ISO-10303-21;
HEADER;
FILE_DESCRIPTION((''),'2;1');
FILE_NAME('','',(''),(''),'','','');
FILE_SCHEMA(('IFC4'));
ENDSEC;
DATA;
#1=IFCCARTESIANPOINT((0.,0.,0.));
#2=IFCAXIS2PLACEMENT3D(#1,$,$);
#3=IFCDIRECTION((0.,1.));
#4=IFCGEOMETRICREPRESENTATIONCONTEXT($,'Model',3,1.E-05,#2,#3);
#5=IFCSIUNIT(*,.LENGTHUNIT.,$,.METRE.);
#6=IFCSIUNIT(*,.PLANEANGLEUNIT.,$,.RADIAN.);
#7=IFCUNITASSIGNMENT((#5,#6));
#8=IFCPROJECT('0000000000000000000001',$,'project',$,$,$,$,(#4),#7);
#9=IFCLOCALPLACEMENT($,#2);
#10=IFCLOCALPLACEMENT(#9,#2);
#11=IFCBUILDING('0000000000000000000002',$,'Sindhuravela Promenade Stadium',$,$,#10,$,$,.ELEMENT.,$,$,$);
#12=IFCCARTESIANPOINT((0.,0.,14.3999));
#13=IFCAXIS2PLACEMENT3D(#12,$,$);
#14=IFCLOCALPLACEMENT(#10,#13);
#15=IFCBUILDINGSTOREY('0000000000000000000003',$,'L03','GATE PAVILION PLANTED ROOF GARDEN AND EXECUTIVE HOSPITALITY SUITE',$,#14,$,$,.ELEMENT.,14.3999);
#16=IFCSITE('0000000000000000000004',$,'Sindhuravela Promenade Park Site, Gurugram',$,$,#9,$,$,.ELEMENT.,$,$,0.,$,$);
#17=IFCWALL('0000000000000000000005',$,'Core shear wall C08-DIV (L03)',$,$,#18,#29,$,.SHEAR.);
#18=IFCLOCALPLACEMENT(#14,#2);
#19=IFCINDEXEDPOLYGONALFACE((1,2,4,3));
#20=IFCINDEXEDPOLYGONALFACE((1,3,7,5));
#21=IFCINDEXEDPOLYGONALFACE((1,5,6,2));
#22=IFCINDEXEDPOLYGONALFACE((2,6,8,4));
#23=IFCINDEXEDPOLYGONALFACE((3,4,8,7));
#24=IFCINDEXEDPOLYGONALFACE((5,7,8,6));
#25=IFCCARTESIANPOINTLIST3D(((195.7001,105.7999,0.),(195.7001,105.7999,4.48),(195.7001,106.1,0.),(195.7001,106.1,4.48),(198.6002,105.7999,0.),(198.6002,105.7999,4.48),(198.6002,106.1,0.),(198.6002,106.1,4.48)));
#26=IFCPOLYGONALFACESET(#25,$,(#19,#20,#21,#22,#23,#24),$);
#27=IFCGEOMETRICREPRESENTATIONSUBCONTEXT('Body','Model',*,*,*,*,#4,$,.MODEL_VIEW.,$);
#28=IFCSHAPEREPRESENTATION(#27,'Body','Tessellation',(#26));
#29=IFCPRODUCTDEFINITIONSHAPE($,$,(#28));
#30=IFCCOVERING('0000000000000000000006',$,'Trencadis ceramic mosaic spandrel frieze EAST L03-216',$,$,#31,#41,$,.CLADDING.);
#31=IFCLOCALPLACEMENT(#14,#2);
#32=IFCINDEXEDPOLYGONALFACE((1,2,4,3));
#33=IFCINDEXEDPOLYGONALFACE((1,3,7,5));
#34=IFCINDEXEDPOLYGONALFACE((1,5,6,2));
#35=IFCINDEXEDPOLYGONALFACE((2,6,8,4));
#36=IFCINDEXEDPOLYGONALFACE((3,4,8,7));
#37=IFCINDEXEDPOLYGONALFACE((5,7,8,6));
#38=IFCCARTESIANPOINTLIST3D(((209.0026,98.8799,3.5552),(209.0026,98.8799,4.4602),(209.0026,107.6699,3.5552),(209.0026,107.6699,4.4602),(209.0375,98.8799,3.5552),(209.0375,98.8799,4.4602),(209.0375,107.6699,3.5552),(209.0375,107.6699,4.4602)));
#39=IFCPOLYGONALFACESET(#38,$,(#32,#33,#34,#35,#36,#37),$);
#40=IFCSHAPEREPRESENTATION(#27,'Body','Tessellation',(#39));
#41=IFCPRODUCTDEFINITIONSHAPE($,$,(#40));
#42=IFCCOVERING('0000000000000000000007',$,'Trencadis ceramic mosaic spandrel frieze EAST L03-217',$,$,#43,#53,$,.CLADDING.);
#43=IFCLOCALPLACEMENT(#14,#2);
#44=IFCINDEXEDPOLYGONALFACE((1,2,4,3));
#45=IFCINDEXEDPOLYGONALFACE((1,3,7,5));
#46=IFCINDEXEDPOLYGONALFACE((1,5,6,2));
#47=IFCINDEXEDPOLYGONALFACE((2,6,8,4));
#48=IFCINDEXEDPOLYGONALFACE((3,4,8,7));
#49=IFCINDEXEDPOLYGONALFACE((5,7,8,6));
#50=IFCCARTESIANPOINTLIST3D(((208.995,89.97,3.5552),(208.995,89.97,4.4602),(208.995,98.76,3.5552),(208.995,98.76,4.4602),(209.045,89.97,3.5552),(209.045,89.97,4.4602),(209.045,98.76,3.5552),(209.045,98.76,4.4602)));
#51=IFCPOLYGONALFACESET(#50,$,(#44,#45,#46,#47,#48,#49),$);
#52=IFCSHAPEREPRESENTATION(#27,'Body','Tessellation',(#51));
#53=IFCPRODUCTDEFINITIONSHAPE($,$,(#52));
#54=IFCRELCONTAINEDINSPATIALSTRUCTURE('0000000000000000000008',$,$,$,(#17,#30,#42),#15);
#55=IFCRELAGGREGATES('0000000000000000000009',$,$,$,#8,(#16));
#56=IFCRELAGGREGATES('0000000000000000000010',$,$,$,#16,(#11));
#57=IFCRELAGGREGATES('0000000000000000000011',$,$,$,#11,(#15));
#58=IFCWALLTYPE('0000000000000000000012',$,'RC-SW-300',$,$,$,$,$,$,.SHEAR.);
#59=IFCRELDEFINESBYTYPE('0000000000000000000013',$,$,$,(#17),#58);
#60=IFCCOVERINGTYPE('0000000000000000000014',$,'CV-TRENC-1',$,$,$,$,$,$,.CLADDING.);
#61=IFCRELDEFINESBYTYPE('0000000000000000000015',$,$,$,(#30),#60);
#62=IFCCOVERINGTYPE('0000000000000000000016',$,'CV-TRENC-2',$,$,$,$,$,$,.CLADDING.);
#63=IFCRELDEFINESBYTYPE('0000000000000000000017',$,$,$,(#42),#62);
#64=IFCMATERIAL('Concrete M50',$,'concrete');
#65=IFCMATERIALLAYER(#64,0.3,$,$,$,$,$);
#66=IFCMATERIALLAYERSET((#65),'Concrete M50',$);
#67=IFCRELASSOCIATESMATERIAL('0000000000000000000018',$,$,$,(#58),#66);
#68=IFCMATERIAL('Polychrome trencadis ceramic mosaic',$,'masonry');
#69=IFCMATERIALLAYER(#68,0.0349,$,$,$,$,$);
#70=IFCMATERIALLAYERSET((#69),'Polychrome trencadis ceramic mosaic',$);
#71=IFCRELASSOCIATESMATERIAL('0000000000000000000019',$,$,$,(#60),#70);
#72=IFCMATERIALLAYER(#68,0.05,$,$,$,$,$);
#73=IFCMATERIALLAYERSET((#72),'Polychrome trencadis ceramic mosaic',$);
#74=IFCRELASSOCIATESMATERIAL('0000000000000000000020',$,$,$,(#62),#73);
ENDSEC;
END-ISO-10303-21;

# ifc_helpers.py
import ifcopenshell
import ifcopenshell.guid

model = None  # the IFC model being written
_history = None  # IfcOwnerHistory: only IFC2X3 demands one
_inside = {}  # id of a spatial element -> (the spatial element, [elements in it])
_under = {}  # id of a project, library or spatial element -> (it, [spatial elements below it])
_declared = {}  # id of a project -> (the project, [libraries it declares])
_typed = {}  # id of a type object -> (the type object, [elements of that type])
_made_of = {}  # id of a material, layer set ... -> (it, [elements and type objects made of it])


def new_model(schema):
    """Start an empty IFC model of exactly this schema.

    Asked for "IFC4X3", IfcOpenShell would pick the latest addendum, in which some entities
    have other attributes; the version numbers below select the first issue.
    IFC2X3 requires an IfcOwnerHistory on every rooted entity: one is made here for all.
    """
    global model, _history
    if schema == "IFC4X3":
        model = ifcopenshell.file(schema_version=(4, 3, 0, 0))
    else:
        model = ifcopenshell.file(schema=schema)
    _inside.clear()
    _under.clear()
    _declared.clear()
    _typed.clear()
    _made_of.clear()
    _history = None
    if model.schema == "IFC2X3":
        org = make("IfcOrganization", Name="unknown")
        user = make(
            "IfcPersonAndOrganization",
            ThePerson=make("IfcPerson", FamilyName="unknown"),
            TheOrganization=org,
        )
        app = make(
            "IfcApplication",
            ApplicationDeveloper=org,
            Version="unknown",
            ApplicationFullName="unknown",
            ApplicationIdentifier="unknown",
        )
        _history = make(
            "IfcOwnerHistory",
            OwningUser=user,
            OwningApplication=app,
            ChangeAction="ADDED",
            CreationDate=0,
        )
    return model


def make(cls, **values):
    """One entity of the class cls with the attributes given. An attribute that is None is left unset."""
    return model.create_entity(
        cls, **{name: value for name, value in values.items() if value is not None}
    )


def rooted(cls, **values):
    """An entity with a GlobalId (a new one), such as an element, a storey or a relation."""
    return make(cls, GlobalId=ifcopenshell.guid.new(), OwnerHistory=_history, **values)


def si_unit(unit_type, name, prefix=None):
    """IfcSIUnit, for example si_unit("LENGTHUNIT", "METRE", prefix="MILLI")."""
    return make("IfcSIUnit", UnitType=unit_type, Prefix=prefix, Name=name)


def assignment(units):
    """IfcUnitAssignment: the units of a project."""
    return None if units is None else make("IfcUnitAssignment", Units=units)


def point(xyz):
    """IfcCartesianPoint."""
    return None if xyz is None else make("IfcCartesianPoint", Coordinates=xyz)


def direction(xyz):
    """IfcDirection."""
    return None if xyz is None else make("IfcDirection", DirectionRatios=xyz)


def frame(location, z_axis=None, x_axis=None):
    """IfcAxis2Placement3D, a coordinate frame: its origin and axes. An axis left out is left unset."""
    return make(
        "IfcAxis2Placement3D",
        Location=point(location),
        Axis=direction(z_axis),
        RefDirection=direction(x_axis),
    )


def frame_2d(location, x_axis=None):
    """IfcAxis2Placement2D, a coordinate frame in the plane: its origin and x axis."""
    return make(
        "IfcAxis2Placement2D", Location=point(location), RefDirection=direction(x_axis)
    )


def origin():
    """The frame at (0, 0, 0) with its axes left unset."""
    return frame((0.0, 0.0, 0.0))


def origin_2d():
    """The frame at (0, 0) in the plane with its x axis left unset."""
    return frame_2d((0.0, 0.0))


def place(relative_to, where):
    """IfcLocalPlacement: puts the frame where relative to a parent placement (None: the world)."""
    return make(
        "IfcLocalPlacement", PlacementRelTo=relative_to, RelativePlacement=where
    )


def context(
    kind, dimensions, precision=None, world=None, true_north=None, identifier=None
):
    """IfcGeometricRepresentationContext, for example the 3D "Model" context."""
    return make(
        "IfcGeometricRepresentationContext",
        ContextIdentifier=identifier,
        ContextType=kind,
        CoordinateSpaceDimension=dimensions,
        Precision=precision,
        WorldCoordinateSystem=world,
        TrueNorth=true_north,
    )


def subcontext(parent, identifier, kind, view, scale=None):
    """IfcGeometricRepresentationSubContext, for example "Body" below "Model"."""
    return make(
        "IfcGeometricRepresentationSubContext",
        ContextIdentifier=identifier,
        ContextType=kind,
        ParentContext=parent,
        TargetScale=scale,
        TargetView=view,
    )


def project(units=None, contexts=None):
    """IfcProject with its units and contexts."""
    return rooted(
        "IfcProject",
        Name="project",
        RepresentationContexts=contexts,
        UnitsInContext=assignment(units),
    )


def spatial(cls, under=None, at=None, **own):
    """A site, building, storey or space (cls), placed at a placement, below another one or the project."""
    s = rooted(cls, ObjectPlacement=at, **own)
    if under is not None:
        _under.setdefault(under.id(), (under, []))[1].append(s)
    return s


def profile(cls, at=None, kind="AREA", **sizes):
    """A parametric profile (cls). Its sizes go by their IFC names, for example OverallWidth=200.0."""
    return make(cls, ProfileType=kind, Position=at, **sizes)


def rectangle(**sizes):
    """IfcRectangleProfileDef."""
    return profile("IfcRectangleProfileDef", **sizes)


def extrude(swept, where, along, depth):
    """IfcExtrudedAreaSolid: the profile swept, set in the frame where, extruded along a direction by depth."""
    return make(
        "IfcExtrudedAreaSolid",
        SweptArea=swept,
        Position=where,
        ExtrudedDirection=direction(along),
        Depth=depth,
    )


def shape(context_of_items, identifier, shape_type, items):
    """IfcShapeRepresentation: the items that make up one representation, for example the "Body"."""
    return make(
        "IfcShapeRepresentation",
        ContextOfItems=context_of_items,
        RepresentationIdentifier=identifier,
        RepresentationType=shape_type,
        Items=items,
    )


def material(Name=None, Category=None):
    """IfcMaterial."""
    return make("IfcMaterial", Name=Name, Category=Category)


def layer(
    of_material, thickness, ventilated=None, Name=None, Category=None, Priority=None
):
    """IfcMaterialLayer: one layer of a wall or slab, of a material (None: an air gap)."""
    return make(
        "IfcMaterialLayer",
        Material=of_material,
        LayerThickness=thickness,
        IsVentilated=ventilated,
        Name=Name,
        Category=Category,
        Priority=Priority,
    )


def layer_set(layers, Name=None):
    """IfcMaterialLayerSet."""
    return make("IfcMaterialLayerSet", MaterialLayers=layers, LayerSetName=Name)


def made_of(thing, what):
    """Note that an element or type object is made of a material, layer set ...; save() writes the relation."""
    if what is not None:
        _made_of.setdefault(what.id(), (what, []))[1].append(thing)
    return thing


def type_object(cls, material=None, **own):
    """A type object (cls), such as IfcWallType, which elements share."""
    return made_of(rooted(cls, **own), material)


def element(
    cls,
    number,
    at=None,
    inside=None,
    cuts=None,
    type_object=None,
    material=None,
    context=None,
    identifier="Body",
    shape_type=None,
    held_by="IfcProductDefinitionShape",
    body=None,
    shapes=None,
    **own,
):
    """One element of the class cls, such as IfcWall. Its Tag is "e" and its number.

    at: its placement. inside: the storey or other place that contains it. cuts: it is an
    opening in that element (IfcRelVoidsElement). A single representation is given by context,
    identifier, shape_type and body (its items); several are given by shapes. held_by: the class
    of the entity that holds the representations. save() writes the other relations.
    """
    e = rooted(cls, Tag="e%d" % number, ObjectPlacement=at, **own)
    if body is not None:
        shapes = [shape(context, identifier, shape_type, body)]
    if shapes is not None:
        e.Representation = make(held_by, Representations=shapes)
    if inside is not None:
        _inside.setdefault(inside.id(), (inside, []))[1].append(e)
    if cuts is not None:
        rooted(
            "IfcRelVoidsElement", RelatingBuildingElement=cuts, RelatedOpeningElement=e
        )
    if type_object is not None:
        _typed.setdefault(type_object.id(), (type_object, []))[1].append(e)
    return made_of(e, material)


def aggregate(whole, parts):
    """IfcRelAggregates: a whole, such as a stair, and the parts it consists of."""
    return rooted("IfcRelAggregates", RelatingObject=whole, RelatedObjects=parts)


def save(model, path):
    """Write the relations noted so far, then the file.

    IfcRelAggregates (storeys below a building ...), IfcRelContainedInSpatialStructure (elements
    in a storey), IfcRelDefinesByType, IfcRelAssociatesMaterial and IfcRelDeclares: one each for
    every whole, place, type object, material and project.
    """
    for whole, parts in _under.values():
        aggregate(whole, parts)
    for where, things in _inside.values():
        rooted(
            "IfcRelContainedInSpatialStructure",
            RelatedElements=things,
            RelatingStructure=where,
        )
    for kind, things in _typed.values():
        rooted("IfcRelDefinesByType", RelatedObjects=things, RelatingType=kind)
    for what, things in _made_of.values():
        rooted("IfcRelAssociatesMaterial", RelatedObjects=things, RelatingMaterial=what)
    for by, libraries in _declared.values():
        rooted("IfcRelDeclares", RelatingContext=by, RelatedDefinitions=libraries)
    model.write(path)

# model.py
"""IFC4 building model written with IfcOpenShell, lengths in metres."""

from ifc_helpers import new_model, si_unit, direction, frame, frame_2d, origin, origin_2d, place, context, subcontext, project, spatial, rectangle, extrude, material, layer, layer_set, type_object, element, save


model = new_model("IFC4")

# Units and contexts
model_context = context("Model", 3, precision=1e-05, world=origin(), true_north=direction((0.0, 1.0)))
body_context = subcontext(model_context, "Body", "Model", "MODEL_VIEW")
ifc_project = project(units=[si_unit("LENGTHUNIT", "METRE"), si_unit("PLANEANGLEUNIT", "RADIAN")], contexts=[model_context])

# Site, building, storey
site_placement = place(None, origin())
site = spatial("IfcSite", under=ifc_project, at=site_placement, Name="Sindhuravela Promenade Park Site, Gurugram", CompositionType="ELEMENT", RefElevation=0.0)
building_placement = place(site_placement, origin())
building = spatial("IfcBuilding", under=site, at=building_placement, Name="Sindhuravela Promenade Stadium", CompositionType="ELEMENT")
storey_placement = place(building_placement, frame((0.0, 0.0, 14.3999)))
storey = spatial("IfcBuildingStorey", under=building, at=storey_placement, Name="L03", Description="GATE PAVILION PLANTED ROOF GARDEN AND EXECUTIVE HOSPITALITY SUITE", CompositionType="ELEMENT", Elevation=14.3999)

# Shared definitions
ifc_material_1 = material(Name="Concrete M50", Category="concrete")
ifc_layer_1 = layer(ifc_material_1, 0.3)
ifc_layer_set_1 = layer_set([ifc_layer_1], Name="Concrete M50")
wall_type_1 = type_object("IfcWallType", Name="RC-SW-300", PredefinedType="SHEAR", material=ifc_layer_set_1)

# Wall
wall_1_placement = place(storey_placement, frame((195.7, 105.95, 0.0), z_axis=(0.0, 0.0, 1.0), x_axis=(1.0, 0.0, 0.0)))
element("IfcWall", 1, at=wall_1_placement, inside=storey, type_object=wall_type_1, Name="Core shear wall C08-DIV (L03)", PredefinedType="SHEAR", context=body_context, shape_type="SweptSolid", body=[
    extrude(rectangle(XDim=2.9001, YDim=0.3, at=frame_2d((1.4502, 0.0))), origin(), (0.0, 0.0, 1.0), 4.48),
])

# Coverings
ifc_material_2 = material(Name="Polychrome trencadis ceramic mosaic", Category="masonry")
ifc_layer_2 = layer(ifc_material_2, 0.0349)
ifc_layer_set_2 = layer_set([ifc_layer_2], Name="Polychrome trencadis ceramic mosaic")
covering_type_1 = type_object("IfcCoveringType", Name="CV-TRENC-1", PredefinedType="CLADDING", material=ifc_layer_set_2)
covering_1_placement = place(storey_placement, frame((209.02, 103.2749, 3.5552), z_axis=(0.0, 0.0, 1.0), x_axis=(0.0, -1.0, 0.0)))
element("IfcCovering", 2, at=covering_1_placement, inside=storey, type_object=covering_type_1, Name="Trencadis ceramic mosaic spandrel frieze EAST L03-216", PredefinedType="CLADDING", context=body_context, shape_type="SweptSolid", body=[
    extrude(rectangle(XDim=8.79, YDim=0.0349, at=origin_2d()), origin(), (0.0, 0.0, 1.0), 0.905),
])
ifc_layer_3 = layer(ifc_material_2, 0.05)
ifc_layer_set_3 = layer_set([ifc_layer_3], Name="Polychrome trencadis ceramic mosaic")
covering_type_2 = type_object("IfcCoveringType", Name="CV-TRENC-2", PredefinedType="CLADDING", material=ifc_layer_set_3)
covering_2_placement = place(storey_placement, frame((209.02, 94.365, 3.5552), z_axis=(0.0, 0.0, 1.0), x_axis=(0.0, -1.0, 0.0)))
element("IfcCovering", 3, at=covering_2_placement, inside=storey, type_object=covering_type_2, Name="Trencadis ceramic mosaic spandrel frieze EAST L03-217", PredefinedType="CLADDING", context=body_context, shape_type="SweptSolid", body=[
    extrude(rectangle(XDim=8.79, YDim=0.05, at=origin_2d()), origin(), (0.0, 0.0, 1.0), 0.905),
])

save(model, "model.ifc")
